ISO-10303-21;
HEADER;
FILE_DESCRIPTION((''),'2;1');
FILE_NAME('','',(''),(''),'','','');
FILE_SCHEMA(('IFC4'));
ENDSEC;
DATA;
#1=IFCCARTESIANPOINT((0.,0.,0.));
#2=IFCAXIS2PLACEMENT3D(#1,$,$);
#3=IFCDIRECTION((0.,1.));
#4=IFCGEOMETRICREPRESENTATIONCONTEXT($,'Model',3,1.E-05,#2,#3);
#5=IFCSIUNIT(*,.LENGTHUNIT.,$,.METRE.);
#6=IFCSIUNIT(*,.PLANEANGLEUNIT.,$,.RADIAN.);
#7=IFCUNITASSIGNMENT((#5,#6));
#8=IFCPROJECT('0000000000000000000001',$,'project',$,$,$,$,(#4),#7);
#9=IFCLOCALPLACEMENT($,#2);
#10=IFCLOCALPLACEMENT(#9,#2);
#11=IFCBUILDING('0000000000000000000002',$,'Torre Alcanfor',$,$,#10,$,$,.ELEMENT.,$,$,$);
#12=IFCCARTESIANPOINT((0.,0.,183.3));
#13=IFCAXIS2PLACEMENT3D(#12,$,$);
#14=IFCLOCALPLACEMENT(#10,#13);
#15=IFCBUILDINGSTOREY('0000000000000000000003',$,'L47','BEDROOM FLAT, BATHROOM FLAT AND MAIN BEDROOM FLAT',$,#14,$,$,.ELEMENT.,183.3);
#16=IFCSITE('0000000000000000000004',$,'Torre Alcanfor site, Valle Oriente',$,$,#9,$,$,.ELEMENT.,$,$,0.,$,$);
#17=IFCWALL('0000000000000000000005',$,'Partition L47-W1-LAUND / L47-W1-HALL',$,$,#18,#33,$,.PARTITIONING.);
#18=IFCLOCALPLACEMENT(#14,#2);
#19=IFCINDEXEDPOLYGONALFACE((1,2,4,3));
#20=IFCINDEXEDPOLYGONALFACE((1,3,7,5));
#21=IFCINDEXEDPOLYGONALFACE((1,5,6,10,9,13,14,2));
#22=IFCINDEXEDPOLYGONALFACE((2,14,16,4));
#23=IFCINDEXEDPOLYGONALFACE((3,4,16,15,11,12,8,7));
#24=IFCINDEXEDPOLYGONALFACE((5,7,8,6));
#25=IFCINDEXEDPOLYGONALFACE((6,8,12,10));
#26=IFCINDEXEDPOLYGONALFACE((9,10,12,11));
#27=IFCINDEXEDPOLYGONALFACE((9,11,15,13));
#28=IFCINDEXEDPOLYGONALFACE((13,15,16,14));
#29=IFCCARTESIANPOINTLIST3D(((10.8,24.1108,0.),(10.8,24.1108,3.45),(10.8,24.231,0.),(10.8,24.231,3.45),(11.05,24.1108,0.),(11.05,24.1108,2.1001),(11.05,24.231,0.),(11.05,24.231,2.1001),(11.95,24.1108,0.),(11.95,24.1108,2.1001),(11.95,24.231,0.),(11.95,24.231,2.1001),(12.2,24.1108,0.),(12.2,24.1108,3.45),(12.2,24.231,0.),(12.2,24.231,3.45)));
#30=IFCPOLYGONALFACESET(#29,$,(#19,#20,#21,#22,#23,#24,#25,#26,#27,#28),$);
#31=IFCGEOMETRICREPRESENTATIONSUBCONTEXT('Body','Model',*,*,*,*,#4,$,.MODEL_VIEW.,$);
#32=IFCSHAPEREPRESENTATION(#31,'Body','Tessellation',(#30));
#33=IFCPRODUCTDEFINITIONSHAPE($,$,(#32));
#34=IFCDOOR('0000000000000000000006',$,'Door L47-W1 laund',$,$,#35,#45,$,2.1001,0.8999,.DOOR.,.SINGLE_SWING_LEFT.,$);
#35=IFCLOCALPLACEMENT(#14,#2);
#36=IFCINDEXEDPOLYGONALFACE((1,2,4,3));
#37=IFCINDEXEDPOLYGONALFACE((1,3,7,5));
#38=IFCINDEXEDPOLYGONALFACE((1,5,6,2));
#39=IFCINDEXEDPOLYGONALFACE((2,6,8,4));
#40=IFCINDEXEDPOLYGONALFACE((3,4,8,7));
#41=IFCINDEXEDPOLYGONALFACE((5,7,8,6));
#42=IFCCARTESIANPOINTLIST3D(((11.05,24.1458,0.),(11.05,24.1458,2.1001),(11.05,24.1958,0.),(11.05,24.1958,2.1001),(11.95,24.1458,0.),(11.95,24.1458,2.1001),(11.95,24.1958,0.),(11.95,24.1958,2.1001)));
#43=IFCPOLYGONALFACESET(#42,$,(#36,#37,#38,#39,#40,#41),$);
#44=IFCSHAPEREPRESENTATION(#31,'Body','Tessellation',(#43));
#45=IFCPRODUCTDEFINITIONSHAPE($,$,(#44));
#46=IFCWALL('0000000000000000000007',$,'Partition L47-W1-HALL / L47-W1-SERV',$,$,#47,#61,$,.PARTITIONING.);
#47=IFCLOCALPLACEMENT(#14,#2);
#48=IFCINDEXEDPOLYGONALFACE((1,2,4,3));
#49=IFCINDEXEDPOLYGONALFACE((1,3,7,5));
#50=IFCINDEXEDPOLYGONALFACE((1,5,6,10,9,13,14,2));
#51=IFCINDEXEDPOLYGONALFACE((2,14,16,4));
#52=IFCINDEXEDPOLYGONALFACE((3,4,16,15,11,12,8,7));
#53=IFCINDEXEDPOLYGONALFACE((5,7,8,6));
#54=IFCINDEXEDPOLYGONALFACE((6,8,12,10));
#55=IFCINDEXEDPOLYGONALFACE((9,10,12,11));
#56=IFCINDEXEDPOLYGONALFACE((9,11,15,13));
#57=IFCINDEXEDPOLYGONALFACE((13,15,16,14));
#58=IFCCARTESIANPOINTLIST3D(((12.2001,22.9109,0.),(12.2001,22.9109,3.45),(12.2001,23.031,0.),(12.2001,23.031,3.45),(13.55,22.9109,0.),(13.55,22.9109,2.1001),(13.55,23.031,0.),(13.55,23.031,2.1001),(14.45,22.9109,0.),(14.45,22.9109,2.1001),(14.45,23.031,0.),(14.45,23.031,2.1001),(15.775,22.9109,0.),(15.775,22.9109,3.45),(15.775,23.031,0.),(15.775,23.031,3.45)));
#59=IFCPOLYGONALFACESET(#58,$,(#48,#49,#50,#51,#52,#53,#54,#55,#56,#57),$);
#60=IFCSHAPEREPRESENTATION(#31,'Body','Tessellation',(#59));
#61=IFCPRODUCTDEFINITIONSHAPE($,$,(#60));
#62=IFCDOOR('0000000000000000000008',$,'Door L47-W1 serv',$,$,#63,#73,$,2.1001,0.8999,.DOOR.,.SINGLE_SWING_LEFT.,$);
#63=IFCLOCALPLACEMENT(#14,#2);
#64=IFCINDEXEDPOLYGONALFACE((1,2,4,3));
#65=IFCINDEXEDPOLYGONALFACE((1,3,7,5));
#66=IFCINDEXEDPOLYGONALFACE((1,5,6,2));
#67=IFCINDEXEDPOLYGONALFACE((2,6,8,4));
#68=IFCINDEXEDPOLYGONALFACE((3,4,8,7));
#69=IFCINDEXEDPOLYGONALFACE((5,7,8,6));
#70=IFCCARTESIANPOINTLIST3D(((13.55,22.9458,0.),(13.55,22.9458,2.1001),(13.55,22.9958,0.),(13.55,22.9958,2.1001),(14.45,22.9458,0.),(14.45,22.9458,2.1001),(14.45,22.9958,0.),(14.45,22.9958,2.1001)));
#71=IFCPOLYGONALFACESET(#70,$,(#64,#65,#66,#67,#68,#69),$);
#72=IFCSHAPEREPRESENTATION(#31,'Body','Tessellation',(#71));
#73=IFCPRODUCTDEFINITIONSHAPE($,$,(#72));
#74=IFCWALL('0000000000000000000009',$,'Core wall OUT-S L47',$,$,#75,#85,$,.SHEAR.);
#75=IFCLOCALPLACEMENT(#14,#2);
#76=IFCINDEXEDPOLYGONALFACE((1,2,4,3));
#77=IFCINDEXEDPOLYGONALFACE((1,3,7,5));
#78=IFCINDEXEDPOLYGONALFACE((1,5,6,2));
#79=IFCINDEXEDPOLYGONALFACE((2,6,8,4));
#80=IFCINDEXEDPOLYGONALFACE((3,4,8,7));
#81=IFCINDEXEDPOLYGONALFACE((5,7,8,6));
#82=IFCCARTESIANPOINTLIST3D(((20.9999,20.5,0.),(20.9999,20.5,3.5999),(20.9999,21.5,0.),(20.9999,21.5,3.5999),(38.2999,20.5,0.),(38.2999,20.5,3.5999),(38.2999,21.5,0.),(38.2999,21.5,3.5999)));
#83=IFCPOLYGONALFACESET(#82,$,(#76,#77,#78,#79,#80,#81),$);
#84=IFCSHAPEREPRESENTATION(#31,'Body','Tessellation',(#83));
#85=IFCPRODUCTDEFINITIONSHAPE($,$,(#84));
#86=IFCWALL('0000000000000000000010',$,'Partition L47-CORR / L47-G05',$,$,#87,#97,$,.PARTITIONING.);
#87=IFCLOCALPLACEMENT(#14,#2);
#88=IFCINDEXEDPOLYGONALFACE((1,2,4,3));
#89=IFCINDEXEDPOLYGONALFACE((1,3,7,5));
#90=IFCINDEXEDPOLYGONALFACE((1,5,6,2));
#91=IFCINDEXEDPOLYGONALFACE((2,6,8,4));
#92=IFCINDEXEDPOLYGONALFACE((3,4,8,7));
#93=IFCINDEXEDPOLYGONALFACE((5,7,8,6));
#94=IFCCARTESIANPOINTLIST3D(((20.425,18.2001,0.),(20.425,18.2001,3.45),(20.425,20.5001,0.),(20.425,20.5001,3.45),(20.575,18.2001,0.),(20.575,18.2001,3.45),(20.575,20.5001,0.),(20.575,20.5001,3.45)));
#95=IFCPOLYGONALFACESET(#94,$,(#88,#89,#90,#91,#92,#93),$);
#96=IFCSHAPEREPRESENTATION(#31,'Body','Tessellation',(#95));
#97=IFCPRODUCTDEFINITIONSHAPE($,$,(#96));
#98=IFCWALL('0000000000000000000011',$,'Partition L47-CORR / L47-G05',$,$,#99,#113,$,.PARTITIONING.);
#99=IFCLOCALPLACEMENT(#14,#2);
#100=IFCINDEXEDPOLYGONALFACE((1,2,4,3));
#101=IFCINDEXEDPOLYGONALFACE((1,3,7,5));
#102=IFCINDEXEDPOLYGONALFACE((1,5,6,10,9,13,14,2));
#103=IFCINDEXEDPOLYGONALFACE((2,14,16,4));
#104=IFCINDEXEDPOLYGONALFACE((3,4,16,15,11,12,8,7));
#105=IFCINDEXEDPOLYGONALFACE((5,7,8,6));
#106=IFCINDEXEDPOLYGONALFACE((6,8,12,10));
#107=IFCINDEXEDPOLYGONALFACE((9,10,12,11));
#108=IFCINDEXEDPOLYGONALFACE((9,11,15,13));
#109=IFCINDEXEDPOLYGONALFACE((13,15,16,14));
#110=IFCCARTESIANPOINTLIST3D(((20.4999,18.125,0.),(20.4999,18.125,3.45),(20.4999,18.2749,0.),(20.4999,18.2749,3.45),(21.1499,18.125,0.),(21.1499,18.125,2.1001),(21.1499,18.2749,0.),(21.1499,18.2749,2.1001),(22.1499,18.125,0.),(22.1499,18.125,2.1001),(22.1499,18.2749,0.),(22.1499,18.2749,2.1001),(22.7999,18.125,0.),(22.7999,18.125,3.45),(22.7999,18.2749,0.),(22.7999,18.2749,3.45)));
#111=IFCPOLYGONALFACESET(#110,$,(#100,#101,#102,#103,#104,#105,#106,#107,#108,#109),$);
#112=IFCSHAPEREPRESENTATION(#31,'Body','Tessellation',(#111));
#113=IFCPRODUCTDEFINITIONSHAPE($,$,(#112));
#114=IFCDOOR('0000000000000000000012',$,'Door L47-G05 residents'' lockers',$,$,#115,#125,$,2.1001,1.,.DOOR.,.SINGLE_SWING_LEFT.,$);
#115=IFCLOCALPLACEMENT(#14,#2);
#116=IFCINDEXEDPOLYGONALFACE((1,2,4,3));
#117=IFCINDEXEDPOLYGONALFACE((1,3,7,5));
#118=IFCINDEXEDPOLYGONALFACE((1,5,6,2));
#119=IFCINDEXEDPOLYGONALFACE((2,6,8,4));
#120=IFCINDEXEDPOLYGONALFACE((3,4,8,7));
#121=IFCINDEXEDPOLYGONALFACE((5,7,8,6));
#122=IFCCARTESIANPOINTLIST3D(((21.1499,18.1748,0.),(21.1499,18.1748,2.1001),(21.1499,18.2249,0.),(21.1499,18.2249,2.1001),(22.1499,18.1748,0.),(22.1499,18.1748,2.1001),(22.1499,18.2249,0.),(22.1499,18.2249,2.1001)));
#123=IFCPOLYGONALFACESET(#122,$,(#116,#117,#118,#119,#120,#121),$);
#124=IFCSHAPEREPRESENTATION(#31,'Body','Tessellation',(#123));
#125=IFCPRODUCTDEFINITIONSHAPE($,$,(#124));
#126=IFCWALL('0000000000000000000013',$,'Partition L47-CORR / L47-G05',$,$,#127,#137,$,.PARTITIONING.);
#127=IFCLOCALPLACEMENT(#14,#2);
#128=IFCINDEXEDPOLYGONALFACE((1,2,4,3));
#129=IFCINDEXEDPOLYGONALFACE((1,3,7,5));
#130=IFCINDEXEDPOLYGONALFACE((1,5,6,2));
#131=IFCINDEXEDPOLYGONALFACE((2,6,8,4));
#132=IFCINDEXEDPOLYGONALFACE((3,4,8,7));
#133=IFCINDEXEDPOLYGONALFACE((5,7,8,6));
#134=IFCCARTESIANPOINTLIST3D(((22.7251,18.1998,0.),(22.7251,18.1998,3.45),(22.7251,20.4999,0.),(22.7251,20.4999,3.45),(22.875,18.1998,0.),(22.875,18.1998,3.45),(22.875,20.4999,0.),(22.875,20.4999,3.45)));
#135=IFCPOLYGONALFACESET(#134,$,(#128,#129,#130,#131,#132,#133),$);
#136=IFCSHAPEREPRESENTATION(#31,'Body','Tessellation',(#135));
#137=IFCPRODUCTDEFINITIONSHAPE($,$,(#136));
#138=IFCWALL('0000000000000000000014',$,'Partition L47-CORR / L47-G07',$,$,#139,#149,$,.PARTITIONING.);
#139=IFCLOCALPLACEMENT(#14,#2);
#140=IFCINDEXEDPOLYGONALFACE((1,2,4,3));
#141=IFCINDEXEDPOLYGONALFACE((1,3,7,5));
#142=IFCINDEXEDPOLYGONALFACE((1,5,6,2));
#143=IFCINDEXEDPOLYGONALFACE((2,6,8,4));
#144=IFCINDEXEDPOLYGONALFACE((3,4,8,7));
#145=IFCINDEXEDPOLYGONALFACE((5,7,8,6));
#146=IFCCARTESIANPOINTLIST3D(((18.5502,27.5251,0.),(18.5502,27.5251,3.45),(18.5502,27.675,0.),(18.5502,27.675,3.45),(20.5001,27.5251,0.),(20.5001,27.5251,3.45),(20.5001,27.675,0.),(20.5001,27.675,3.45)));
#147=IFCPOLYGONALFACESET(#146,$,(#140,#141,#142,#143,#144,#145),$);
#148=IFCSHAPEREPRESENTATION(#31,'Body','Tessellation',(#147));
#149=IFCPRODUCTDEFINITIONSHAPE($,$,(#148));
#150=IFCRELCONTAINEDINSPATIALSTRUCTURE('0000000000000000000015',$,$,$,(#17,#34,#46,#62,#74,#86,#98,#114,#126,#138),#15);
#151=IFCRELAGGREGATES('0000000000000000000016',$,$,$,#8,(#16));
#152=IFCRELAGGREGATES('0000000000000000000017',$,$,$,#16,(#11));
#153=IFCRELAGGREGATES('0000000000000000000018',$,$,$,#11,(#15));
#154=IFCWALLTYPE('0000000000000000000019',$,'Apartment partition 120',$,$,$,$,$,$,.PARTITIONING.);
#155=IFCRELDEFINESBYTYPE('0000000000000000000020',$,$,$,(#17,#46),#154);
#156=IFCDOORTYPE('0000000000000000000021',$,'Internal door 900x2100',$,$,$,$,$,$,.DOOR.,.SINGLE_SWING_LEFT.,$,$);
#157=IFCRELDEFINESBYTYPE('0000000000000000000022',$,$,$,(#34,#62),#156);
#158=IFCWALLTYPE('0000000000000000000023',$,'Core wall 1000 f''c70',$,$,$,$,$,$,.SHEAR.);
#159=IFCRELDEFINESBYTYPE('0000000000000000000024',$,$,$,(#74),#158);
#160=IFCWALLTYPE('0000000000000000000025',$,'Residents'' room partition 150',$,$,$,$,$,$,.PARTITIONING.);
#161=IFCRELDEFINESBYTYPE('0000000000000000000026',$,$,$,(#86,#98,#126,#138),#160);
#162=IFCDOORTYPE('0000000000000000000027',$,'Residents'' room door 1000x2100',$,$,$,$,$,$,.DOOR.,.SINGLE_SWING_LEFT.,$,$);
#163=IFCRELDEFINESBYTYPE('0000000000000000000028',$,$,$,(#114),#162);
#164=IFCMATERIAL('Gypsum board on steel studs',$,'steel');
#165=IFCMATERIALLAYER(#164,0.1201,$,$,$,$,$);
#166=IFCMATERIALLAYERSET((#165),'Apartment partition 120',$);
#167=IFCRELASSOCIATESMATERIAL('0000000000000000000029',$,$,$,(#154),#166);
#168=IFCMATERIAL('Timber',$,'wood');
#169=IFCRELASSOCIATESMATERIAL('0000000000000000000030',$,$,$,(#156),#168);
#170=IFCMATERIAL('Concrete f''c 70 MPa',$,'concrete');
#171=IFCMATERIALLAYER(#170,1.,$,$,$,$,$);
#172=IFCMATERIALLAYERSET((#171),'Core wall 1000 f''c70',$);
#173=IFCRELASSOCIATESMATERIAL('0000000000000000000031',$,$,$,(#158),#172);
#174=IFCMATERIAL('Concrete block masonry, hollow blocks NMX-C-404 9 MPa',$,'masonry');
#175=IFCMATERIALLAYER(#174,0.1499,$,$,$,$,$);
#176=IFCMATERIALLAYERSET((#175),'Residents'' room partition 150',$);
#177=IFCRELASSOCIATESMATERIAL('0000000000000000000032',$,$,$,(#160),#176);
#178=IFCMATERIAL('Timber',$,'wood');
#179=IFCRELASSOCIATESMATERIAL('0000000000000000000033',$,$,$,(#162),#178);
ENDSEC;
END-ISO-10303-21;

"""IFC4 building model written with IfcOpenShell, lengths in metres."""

from ifc_helpers import new_model, si_unit, direction, frame, frame_2d, origin, place, context, subcontext, project, spatial, rectangle, extrude, material, layer, layer_set, type_object, element, fill, save


model = new_model("IFC4")

# Units and contexts
model_context = context("Model", 3, precision=1e-05, world=origin(), true_north=direction((0.0, 1.0)))
body_context = subcontext(model_context, "Body", "Model", "MODEL_VIEW")
ifc_project = project(units=[si_unit("LENGTHUNIT", "METRE"), si_unit("PLANEANGLEUNIT", "RADIAN")], contexts=[model_context])

# Site, building, storey
site_placement = place(None, origin())
site = spatial("IfcSite", under=ifc_project, at=site_placement, Name="Torre Alcanfor site, Valle Oriente", CompositionType="ELEMENT", RefElevation=0.0)
building_placement = place(site_placement, origin())
building = spatial("IfcBuilding", under=site, at=building_placement, Name="Torre Alcanfor", CompositionType="ELEMENT")
storey_placement = place(building_placement, frame((0.0, 0.0, 183.3)))
storey = spatial("IfcBuildingStorey", under=building, at=storey_placement, Name="L47", Description="BEDROOM FLAT, BATHROOM FLAT AND MAIN BEDROOM FLAT", CompositionType="ELEMENT", Elevation=183.3)

# Walls, openings, doors
ifc_material_1 = material(Name="Gypsum board on steel studs", Category="steel")
ifc_layer_1 = layer(ifc_material_1, 0.1201)
ifc_layer_set_1 = layer_set([ifc_layer_1], Name="Apartment partition 120")
wall_type_1 = type_object("IfcWallType", Name="Apartment partition 120", PredefinedType="PARTITIONING", material=ifc_layer_set_1)
wall_1_placement = place(storey_placement, frame((10.8, 24.1709, 0.0), z_axis=(0.0, 0.0, 1.0), x_axis=(1.0, 0.0, 0.0)))
wall_1 = element("IfcWall", 1, at=wall_1_placement, inside=storey, type_object=wall_type_1, Name="Partition L47-W1-LAUND / L47-W1-HALL", PredefinedType="PARTITIONING", context=body_context, shape_type="SweptSolid", body=[
    extrude(rectangle(XDim=1.3999, YDim=0.1201, at=frame_2d((0.7, 0.0))), origin(), (0.0, 0.0, 1.0), 3.45),
])
opening_1_placement = place(wall_1_placement, frame((0.25, 0.0, 0.0)))
opening_1 = element("IfcOpeningElement", 2, at=opening_1_placement, cuts=wall_1, PredefinedType="OPENING", context=body_context, shape_type="SweptSolid", body=[
    extrude(rectangle(XDim=0.8999, YDim=2.1001, at=frame_2d((0.45, 1.05))), frame((0.0, 0.0701, 0.0), z_axis=(0.0, -1.0, 0.0), x_axis=(1.0, 0.0, 0.0)), (0.0, 0.0, 1.0), 0.1401),
])
ifc_material_2 = material(Name="Timber", Category="wood")
door_type_1 = type_object("IfcDoorType", Name="Internal door 900x2100", OperationType="SINGLE_SWING_LEFT", PredefinedType="DOOR", material=ifc_material_2)
door_1_placement = place(opening_1_placement, origin())
door_1 = element("IfcDoor", 3, at=door_1_placement, inside=storey, type_object=door_type_1, Name="Door L47-W1 laund", OperationType="SINGLE_SWING_LEFT", OverallHeight=2.1001, OverallWidth=0.8999, PredefinedType="DOOR", context=body_context, shape_type="SweptSolid", body=[
    extrude(rectangle(XDim=0.8999, YDim=2.1001, at=frame_2d((0.45, 1.05))), frame((0.0, 0.0249, 0.0), z_axis=(0.0, -1.0, 0.0), x_axis=(1.0, 0.0, 0.0)), (0.0, 0.0, 1.0), 0.05),
])
fill(opening_1, door_1)
wall_2_placement = place(storey_placement, frame((12.2, 22.9709, 0.0), z_axis=(0.0, 0.0, 1.0), x_axis=(1.0, 0.0, 0.0)))
wall_2 = element("IfcWall", 4, at=wall_2_placement, inside=storey, type_object=wall_type_1, Name="Partition L47-W1-HALL / L47-W1-SERV", PredefinedType="PARTITIONING", context=body_context, shape_type="SweptSolid", body=[
    extrude(rectangle(XDim=3.575, YDim=0.1201, at=frame_2d((1.7876, 0.0))), origin(), (0.0, 0.0, 1.0), 3.45),
])
opening_2_placement = place(wall_2_placement, frame((1.3501, 0.0, 0.0)))
opening_2 = element("IfcOpeningElement", 5, at=opening_2_placement, cuts=wall_2, PredefinedType="OPENING", context=body_context, shape_type="SweptSolid", body=[
    extrude(rectangle(XDim=0.8999, YDim=2.1001, at=frame_2d((0.45, 1.05))), frame((0.0, 0.0701, 0.0), z_axis=(0.0, -1.0, 0.0), x_axis=(1.0, 0.0, 0.0)), (0.0, 0.0, 1.0), 0.1401),
])
door_2_placement = place(opening_2_placement, frame((0.8999, 0.0, 0.0), z_axis=(0.0, 0.0, 1.0), x_axis=(-1.0, 0.0, 0.0)))
door_2 = element("IfcDoor", 6, at=door_2_placement, inside=storey, type_object=door_type_1, Name="Door L47-W1 serv", OperationType="SINGLE_SWING_LEFT", OverallHeight=2.1001, OverallWidth=0.8999, PredefinedType="DOOR", context=body_context, shape_type="SweptSolid", body=[
    extrude(rectangle(XDim=0.8999, YDim=2.1001, at=frame_2d((0.45, 1.05))), frame((0.0, 0.0251, 0.0), z_axis=(0.0, -1.0, 0.0), x_axis=(1.0, 0.0, 0.0)), (0.0, 0.0, 1.0), 0.05),
])
fill(opening_2, door_2)

# Walls
ifc_material_3 = material(Name="Concrete f'c 70 MPa", Category="concrete")
ifc_layer_2 = layer(ifc_material_3, 1.0)
ifc_layer_set_2 = layer_set([ifc_layer_2], Name="Core wall 1000 f'c70")
wall_type_2 = type_object("IfcWallType", Name="Core wall 1000 f'c70", PredefinedType="SHEAR", material=ifc_layer_set_2)
wall_3_placement = place(storey_placement, frame((21.0, 21.0, 0.0), z_axis=(0.0, 0.0, 1.0), x_axis=(1.0, 0.0, 0.0)))
element("IfcWall", 7, at=wall_3_placement, inside=storey, type_object=wall_type_2, Name="Core wall OUT-S L47", PredefinedType="SHEAR", context=body_context, shape_type="SweptSolid", body=[
    extrude(rectangle(XDim=17.3, YDim=1.0, at=frame_2d((8.6499, 0.0))), origin(), (0.0, 0.0, 1.0), 3.5999),
])
ifc_material_4 = material(Name="Concrete block masonry, hollow blocks NMX-C-404 9 MPa", Category="masonry")
ifc_layer_3 = layer(ifc_material_4, 0.1499)
ifc_layer_set_3 = layer_set([ifc_layer_3], Name="Residents' room partition 150")
wall_type_3 = type_object("IfcWallType", Name="Residents' room partition 150", PredefinedType="PARTITIONING", material=ifc_layer_set_3)
wall_4_placement = place(storey_placement, frame((20.5, 20.5, 0.0), z_axis=(0.0, 0.0, 1.0), x_axis=(0.0, -1.0, 0.0)))
element("IfcWall", 8, at=wall_4_placement, inside=storey, type_object=wall_type_3, Name="Partition L47-CORR / L47-G05", PredefinedType="PARTITIONING", context=body_context, shape_type="SweptSolid", body=[
    extrude(rectangle(XDim=2.3, YDim=0.1499, at=frame_2d((1.1499, 0.0))), origin(), (0.0, 0.0, 1.0), 3.45),
])

# Wall, opening, door
wall_5_placement = place(storey_placement, frame((20.5, 18.2, 0.0), z_axis=(0.0, 0.0, 1.0), x_axis=(1.0, 0.0, 0.0)))
wall_5 = element("IfcWall", 9, at=wall_5_placement, inside=storey, type_object=wall_type_3, Name="Partition L47-CORR / L47-G05", PredefinedType="PARTITIONING", context=body_context, shape_type="SweptSolid", body=[
    extrude(rectangle(XDim=2.3, YDim=0.1499, at=frame_2d((1.1499, 0.0))), origin(), (0.0, 0.0, 1.0), 3.45),
])
opening_3_placement = place(wall_5_placement, frame((0.6499, 0.0, 0.0)))
opening_3 = element("IfcOpeningElement", 10, at=opening_3_placement, cuts=wall_5, PredefinedType="OPENING", context=body_context, shape_type="SweptSolid", body=[
    extrude(rectangle(XDim=1.0, YDim=2.1001, at=frame_2d((0.5, 1.05))), frame((0.0, 0.085, 0.0), z_axis=(0.0, -1.0, 0.0), x_axis=(1.0, 0.0, 0.0)), (0.0, 0.0, 1.0), 0.1699),
])
ifc_material_5 = material(Name="Timber", Category="wood")
door_type_2 = type_object("IfcDoorType", Name="Residents' room door 1000x2100", OperationType="SINGLE_SWING_LEFT", PredefinedType="DOOR", material=ifc_material_5)
door_3_placement = place(opening_3_placement, origin())
door_3 = element("IfcDoor", 11, at=door_3_placement, inside=storey, type_object=door_type_2, Name="Door L47-G05 residents' lockers", OperationType="SINGLE_SWING_LEFT", OverallHeight=2.1001, OverallWidth=1.0, PredefinedType="DOOR", context=body_context, shape_type="SweptSolid", body=[
    extrude(rectangle(XDim=1.0, YDim=2.1001, at=frame_2d((0.5, 1.05))), frame((0.0, 0.0249, 0.0), z_axis=(0.0, -1.0, 0.0), x_axis=(1.0, 0.0, 0.0)), (0.0, 0.0, 1.0), 0.05),
])
fill(opening_3, door_3)

# Walls
wall_6_placement = place(storey_placement, frame((22.8, 18.2, 0.0), z_axis=(0.0, 0.0, 1.0), x_axis=(0.0, 1.0, 0.0)))
element("IfcWall", 12, at=wall_6_placement, inside=storey, type_object=wall_type_3, Name="Partition L47-CORR / L47-G05", PredefinedType="PARTITIONING", context=body_context, shape_type="SweptSolid", body=[
    extrude(rectangle(XDim=2.3, YDim=0.1499, at=frame_2d((1.1499, 0.0))), origin(), (0.0, 0.0, 1.0), 3.45),
])
wall_7_placement = place(storey_placement, frame((18.55, 27.6001, 0.0), z_axis=(0.0, 0.0, 1.0), x_axis=(1.0, 0.0, 0.0)))
element("IfcWall", 13, at=wall_7_placement, inside=storey, type_object=wall_type_3, Name="Partition L47-CORR / L47-G07", PredefinedType="PARTITIONING", context=body_context, shape_type="SweptSolid", body=[
    extrude(rectangle(XDim=1.95, YDim=0.1499, at=frame_2d((0.9751, 0.0))), origin(), (0.0, 0.0, 1.0), 3.45),
])

save(model, "model.ifc")
